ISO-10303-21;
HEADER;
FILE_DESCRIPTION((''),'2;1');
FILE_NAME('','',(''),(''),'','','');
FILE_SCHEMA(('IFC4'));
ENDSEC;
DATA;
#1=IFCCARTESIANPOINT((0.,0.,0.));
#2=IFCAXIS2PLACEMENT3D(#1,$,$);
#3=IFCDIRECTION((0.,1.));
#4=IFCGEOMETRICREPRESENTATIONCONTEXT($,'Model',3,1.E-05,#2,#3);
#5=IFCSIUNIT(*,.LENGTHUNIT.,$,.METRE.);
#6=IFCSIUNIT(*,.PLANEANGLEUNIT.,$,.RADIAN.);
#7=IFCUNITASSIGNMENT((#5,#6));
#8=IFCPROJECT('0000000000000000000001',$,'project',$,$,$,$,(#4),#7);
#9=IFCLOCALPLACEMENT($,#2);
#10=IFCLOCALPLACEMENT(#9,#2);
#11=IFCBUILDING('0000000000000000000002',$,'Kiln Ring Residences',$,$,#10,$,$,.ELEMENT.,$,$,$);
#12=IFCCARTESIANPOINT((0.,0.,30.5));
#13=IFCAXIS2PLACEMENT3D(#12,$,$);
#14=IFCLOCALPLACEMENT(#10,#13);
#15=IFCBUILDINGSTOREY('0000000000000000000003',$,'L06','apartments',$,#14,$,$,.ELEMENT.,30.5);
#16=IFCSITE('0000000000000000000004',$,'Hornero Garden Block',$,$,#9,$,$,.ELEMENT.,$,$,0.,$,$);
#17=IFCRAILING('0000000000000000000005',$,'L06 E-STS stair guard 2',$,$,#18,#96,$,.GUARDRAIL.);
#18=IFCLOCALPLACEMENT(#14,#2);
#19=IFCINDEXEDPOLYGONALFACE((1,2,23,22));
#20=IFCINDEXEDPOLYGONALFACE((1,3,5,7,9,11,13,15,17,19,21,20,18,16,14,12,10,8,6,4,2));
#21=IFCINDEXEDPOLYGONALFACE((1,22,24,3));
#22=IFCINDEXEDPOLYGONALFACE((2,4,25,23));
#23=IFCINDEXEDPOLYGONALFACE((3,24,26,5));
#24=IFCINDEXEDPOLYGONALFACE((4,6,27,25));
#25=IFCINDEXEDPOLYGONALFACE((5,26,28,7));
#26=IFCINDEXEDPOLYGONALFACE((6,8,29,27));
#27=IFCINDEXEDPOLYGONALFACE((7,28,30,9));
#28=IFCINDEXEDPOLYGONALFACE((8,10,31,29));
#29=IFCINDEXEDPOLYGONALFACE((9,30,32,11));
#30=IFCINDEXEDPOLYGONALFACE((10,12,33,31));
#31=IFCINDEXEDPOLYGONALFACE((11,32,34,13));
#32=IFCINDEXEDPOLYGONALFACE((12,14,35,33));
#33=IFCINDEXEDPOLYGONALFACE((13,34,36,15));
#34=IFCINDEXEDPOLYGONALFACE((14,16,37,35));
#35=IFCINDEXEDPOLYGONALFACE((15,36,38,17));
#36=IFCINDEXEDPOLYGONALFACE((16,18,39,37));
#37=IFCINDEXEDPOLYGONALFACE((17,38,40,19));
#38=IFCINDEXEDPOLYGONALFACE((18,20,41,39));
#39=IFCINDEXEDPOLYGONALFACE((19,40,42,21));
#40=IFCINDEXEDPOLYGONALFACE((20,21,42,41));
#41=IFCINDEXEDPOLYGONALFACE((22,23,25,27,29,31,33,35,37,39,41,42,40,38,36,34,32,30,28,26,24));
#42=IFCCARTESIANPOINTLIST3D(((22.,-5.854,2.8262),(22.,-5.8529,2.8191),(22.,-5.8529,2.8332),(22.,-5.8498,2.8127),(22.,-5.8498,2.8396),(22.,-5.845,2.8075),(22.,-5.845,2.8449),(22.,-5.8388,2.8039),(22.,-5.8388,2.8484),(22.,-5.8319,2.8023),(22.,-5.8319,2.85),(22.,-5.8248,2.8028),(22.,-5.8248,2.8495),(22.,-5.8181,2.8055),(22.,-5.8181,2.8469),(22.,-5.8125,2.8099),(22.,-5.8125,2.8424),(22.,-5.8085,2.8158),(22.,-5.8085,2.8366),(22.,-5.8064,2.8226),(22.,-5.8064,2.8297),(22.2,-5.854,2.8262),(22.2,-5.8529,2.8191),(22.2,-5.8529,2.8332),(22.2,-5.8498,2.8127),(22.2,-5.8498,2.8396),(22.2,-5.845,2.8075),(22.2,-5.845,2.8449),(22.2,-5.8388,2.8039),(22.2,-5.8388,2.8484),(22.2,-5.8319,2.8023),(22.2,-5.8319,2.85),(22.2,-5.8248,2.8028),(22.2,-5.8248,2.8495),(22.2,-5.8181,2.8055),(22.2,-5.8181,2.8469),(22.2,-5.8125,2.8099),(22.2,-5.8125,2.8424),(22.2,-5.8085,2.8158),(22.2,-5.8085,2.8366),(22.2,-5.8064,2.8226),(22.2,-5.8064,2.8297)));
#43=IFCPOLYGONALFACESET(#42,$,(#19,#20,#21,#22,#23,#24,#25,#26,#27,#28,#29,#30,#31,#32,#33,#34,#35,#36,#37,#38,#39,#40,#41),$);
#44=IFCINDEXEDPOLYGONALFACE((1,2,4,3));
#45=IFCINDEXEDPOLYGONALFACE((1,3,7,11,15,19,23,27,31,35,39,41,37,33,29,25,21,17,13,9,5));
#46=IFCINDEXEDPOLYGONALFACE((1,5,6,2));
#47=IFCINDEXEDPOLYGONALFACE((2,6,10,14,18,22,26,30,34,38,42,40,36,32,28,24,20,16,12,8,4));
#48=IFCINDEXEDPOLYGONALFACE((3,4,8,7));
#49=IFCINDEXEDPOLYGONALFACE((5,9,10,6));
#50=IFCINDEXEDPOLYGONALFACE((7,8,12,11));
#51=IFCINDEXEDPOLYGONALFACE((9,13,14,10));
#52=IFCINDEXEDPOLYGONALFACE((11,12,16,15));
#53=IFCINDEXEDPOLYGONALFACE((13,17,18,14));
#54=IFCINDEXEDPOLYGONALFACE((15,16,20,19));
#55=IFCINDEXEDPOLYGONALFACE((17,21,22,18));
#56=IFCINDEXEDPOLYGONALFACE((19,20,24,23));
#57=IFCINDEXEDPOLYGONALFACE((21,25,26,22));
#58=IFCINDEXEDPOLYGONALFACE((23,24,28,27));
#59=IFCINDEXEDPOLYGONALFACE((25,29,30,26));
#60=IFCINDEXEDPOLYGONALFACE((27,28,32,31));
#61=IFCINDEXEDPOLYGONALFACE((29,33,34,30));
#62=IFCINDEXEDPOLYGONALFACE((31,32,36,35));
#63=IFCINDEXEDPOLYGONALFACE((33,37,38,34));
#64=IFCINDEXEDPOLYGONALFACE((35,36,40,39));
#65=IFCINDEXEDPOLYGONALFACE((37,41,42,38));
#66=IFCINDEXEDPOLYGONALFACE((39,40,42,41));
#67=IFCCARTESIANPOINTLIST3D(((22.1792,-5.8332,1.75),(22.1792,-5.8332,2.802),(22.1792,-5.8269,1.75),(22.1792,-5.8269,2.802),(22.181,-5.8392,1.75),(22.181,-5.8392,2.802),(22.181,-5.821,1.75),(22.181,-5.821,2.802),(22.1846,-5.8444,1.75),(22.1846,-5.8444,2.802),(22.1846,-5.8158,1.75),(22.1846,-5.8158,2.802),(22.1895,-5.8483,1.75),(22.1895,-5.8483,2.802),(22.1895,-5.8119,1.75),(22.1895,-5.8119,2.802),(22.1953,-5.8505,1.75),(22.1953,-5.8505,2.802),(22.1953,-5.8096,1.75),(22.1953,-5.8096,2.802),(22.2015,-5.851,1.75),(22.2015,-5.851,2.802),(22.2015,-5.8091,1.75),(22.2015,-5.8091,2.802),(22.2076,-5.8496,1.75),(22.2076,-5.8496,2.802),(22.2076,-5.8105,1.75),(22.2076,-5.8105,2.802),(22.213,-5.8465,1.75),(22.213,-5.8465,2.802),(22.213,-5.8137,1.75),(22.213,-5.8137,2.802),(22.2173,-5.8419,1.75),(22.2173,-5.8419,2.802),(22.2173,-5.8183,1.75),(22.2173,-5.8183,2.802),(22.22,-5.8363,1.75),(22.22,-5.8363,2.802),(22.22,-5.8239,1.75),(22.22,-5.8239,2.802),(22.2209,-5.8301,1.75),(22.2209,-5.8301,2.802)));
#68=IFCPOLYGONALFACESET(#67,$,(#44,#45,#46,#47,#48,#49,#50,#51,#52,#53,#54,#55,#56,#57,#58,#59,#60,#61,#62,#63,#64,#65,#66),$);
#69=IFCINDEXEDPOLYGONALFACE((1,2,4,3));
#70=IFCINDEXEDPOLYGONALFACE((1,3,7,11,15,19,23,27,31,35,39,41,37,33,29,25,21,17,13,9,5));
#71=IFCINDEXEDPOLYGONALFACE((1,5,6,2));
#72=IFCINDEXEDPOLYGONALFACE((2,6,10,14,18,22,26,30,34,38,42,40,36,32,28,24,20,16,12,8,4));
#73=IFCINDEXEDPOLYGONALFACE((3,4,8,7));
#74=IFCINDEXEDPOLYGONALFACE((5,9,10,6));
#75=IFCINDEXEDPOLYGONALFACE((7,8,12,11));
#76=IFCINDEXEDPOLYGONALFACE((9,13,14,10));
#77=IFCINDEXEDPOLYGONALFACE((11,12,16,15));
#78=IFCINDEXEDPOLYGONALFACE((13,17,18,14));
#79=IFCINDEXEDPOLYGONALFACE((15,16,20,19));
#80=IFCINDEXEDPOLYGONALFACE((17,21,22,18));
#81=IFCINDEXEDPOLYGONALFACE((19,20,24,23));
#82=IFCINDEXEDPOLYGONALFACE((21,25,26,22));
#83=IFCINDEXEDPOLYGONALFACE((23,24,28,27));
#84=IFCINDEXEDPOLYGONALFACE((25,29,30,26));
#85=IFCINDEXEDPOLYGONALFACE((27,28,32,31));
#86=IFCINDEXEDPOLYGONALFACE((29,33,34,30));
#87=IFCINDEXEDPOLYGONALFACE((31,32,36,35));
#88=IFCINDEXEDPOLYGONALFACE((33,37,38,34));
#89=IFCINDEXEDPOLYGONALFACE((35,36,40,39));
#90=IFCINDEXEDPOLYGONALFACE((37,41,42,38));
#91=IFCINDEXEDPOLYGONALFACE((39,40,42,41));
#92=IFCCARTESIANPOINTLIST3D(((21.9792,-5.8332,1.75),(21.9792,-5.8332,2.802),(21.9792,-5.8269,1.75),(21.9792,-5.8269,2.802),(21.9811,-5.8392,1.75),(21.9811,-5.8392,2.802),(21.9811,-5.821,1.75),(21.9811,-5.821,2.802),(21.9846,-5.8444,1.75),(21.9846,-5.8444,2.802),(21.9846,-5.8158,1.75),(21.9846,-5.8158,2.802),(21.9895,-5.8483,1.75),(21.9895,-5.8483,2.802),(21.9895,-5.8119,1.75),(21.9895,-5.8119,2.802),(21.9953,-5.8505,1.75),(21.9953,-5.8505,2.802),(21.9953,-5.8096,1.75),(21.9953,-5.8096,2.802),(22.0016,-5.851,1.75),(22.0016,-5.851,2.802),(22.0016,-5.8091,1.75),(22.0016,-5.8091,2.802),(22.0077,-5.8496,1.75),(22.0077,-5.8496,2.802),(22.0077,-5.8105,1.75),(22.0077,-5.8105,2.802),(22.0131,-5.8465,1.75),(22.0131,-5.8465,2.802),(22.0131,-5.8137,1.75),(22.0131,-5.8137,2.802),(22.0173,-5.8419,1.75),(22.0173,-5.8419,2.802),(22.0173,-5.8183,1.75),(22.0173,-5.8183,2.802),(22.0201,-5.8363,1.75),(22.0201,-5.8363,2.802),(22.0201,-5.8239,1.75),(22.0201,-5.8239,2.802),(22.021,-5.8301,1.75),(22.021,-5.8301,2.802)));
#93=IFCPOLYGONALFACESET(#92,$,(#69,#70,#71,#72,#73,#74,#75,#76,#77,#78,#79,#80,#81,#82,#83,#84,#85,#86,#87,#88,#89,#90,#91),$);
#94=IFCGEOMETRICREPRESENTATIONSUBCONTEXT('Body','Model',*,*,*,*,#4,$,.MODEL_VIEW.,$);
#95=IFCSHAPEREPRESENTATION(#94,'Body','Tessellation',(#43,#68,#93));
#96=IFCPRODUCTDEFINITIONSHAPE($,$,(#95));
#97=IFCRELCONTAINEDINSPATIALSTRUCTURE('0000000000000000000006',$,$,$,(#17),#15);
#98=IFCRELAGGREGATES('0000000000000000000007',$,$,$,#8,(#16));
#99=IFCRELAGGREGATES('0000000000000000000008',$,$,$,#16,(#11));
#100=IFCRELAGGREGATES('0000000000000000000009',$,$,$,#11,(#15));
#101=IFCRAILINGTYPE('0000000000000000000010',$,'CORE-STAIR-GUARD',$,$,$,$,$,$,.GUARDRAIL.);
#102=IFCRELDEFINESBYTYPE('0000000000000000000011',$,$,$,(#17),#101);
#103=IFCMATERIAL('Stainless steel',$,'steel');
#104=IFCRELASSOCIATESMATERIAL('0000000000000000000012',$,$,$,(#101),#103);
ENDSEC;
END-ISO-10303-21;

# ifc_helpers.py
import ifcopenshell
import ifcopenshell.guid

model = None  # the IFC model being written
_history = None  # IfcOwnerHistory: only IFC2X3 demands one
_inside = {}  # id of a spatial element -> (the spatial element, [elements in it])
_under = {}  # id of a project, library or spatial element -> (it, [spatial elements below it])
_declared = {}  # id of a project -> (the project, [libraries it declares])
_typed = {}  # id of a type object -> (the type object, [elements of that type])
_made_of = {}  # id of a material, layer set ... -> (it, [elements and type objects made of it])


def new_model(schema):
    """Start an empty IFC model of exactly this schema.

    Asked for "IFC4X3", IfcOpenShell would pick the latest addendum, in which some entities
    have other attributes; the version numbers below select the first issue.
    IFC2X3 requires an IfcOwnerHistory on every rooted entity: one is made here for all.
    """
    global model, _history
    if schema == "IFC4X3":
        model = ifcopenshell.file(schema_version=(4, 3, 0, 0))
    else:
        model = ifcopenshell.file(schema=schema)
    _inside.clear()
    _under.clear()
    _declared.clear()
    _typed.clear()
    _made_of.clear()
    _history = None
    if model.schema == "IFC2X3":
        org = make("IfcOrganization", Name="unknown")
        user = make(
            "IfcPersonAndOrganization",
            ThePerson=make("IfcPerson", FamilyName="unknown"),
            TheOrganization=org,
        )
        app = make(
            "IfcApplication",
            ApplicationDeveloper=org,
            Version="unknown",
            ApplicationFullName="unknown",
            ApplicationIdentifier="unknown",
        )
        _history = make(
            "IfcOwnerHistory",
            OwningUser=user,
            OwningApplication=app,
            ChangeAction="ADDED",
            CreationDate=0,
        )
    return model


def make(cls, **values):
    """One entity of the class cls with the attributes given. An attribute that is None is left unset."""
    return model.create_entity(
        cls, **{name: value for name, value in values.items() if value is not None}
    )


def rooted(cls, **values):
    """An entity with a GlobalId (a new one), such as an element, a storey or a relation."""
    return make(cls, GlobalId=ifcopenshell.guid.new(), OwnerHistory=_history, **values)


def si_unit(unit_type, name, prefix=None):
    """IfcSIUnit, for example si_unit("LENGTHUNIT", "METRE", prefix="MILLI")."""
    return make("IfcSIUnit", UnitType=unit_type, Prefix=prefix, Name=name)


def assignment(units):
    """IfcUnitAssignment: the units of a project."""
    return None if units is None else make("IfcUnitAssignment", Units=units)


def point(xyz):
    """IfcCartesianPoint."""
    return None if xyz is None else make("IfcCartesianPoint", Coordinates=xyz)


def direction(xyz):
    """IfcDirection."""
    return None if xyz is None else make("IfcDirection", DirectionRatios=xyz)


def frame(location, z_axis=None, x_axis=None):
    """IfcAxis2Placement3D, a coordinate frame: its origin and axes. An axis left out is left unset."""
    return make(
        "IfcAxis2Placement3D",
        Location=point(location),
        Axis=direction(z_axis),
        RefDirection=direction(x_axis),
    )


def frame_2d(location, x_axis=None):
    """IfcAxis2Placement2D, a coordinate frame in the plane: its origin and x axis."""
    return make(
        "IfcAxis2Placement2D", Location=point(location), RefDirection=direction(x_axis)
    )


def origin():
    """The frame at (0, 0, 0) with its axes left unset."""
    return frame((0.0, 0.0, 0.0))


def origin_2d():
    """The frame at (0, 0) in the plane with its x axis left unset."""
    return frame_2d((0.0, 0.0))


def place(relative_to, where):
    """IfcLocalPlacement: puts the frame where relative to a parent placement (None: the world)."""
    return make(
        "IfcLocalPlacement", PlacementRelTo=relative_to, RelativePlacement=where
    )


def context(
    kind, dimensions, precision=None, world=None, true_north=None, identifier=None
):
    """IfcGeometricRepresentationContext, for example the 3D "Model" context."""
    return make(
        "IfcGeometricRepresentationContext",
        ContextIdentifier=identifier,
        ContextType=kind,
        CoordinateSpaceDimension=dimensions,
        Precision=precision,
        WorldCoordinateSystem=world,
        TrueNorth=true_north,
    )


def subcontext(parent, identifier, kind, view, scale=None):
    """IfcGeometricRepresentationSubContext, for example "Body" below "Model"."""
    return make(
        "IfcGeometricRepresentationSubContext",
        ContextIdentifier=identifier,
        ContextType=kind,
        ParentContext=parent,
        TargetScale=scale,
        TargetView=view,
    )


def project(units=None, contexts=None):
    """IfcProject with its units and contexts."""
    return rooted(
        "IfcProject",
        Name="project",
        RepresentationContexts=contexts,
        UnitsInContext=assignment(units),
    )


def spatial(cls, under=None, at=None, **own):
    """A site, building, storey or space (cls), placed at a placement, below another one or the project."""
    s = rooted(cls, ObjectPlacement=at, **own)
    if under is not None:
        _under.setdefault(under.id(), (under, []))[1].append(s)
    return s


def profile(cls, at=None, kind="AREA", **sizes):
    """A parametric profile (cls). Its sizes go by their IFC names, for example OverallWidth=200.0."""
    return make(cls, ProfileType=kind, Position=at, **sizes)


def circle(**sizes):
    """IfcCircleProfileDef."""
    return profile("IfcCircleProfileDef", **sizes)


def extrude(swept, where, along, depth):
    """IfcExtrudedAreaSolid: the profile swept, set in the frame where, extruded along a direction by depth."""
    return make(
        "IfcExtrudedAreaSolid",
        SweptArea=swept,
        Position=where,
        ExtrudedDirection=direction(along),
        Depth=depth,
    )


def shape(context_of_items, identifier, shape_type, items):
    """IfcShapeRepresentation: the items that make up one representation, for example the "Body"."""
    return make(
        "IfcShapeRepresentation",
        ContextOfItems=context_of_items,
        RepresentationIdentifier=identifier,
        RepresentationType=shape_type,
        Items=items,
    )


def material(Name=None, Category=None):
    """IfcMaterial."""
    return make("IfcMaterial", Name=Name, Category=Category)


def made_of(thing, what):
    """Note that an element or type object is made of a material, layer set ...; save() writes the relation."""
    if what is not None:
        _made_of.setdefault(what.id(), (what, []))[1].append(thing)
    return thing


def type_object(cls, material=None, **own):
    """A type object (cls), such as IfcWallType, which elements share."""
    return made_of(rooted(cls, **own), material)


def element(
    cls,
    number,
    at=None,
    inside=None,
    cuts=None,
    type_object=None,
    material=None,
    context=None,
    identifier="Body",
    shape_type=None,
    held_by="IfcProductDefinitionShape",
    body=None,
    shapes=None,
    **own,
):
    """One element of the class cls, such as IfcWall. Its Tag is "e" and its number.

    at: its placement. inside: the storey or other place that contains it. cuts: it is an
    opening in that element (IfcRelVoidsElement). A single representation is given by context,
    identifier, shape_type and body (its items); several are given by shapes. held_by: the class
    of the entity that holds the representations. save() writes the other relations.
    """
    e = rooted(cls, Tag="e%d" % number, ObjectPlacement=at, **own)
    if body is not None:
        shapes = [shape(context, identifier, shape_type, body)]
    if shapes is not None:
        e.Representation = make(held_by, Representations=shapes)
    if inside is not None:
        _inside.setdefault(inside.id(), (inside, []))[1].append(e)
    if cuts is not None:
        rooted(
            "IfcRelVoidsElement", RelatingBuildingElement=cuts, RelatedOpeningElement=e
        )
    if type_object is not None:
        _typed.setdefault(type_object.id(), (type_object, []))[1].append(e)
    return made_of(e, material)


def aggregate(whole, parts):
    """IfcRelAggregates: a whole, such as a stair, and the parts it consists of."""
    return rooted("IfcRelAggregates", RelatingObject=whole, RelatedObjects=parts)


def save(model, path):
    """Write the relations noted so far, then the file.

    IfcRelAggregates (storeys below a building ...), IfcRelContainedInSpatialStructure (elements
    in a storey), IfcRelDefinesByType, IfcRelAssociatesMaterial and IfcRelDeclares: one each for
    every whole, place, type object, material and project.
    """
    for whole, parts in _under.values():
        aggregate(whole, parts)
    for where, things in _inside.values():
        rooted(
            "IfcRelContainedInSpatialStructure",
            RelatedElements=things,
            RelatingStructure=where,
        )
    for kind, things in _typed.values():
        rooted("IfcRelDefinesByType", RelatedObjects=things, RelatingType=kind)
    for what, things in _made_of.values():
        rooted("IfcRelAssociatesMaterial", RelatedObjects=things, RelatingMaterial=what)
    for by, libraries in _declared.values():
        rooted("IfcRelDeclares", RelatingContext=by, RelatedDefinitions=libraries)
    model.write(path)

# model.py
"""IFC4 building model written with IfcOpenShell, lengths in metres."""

from ifc_helpers import new_model, si_unit, direction, frame, origin, origin_2d, place, context, subcontext, project, spatial, circle, extrude, material, type_object, element, save


model = new_model("IFC4")

# Units and contexts
model_context = context("Model", 3, precision=1e-05, world=origin(), true_north=direction((0.0, 1.0)))
body_context = subcontext(model_context, "Body", "Model", "MODEL_VIEW")
ifc_project = project(units=[si_unit("LENGTHUNIT", "METRE"), si_unit("PLANEANGLEUNIT", "RADIAN")], contexts=[model_context])

# Site, building, storey
site_placement = place(None, origin())
site = spatial("IfcSite", under=ifc_project, at=site_placement, Name="Hornero Garden Block", CompositionType="ELEMENT", RefElevation=0.0)
building_placement = place(site_placement, origin())
building = spatial("IfcBuilding", under=site, at=building_placement, Name="Kiln Ring Residences", CompositionType="ELEMENT")
storey_placement = place(building_placement, frame((0.0, 0.0, 30.5)))
storey = spatial("IfcBuildingStorey", under=building, at=storey_placement, Name="L06", Description="apartments", CompositionType="ELEMENT", Elevation=30.5)

# Railing
ifc_material_1 = material(Name="Stainless steel", Category="steel")
railing_type_1 = type_object("IfcRailingType", Name="CORE-STAIR-GUARD", PredefinedType="GUARDRAIL", material=ifc_material_1)
railing_1_placement = place(storey_placement, frame((22.2, -5.8301, 1.75)))
element("IfcRailing", 1, at=railing_1_placement, inside=storey, type_object=railing_type_1, Name="L06 E-STS stair guard 2", PredefinedType="GUARDRAIL", context=body_context, shape_type="SweptSolid", body=[
    extrude(circle(Radius=0.0239, at=origin_2d()), frame((0.0, 0.0, 1.0762), z_axis=(-1.0, 0.0, 0.0), x_axis=(0.0, -1.0, 0.0)), (0.0, 0.0, 1.0), 0.2),
    extrude(circle(Radius=0.021, at=origin_2d()), origin(), (0.0, 0.0, 1.0), 1.052),
    extrude(circle(Radius=0.021, at=origin_2d()), frame((-0.2, 0.0, 0.0)), (0.0, 0.0, 1.0), 1.052),
])

save(model, "model.ifc")
